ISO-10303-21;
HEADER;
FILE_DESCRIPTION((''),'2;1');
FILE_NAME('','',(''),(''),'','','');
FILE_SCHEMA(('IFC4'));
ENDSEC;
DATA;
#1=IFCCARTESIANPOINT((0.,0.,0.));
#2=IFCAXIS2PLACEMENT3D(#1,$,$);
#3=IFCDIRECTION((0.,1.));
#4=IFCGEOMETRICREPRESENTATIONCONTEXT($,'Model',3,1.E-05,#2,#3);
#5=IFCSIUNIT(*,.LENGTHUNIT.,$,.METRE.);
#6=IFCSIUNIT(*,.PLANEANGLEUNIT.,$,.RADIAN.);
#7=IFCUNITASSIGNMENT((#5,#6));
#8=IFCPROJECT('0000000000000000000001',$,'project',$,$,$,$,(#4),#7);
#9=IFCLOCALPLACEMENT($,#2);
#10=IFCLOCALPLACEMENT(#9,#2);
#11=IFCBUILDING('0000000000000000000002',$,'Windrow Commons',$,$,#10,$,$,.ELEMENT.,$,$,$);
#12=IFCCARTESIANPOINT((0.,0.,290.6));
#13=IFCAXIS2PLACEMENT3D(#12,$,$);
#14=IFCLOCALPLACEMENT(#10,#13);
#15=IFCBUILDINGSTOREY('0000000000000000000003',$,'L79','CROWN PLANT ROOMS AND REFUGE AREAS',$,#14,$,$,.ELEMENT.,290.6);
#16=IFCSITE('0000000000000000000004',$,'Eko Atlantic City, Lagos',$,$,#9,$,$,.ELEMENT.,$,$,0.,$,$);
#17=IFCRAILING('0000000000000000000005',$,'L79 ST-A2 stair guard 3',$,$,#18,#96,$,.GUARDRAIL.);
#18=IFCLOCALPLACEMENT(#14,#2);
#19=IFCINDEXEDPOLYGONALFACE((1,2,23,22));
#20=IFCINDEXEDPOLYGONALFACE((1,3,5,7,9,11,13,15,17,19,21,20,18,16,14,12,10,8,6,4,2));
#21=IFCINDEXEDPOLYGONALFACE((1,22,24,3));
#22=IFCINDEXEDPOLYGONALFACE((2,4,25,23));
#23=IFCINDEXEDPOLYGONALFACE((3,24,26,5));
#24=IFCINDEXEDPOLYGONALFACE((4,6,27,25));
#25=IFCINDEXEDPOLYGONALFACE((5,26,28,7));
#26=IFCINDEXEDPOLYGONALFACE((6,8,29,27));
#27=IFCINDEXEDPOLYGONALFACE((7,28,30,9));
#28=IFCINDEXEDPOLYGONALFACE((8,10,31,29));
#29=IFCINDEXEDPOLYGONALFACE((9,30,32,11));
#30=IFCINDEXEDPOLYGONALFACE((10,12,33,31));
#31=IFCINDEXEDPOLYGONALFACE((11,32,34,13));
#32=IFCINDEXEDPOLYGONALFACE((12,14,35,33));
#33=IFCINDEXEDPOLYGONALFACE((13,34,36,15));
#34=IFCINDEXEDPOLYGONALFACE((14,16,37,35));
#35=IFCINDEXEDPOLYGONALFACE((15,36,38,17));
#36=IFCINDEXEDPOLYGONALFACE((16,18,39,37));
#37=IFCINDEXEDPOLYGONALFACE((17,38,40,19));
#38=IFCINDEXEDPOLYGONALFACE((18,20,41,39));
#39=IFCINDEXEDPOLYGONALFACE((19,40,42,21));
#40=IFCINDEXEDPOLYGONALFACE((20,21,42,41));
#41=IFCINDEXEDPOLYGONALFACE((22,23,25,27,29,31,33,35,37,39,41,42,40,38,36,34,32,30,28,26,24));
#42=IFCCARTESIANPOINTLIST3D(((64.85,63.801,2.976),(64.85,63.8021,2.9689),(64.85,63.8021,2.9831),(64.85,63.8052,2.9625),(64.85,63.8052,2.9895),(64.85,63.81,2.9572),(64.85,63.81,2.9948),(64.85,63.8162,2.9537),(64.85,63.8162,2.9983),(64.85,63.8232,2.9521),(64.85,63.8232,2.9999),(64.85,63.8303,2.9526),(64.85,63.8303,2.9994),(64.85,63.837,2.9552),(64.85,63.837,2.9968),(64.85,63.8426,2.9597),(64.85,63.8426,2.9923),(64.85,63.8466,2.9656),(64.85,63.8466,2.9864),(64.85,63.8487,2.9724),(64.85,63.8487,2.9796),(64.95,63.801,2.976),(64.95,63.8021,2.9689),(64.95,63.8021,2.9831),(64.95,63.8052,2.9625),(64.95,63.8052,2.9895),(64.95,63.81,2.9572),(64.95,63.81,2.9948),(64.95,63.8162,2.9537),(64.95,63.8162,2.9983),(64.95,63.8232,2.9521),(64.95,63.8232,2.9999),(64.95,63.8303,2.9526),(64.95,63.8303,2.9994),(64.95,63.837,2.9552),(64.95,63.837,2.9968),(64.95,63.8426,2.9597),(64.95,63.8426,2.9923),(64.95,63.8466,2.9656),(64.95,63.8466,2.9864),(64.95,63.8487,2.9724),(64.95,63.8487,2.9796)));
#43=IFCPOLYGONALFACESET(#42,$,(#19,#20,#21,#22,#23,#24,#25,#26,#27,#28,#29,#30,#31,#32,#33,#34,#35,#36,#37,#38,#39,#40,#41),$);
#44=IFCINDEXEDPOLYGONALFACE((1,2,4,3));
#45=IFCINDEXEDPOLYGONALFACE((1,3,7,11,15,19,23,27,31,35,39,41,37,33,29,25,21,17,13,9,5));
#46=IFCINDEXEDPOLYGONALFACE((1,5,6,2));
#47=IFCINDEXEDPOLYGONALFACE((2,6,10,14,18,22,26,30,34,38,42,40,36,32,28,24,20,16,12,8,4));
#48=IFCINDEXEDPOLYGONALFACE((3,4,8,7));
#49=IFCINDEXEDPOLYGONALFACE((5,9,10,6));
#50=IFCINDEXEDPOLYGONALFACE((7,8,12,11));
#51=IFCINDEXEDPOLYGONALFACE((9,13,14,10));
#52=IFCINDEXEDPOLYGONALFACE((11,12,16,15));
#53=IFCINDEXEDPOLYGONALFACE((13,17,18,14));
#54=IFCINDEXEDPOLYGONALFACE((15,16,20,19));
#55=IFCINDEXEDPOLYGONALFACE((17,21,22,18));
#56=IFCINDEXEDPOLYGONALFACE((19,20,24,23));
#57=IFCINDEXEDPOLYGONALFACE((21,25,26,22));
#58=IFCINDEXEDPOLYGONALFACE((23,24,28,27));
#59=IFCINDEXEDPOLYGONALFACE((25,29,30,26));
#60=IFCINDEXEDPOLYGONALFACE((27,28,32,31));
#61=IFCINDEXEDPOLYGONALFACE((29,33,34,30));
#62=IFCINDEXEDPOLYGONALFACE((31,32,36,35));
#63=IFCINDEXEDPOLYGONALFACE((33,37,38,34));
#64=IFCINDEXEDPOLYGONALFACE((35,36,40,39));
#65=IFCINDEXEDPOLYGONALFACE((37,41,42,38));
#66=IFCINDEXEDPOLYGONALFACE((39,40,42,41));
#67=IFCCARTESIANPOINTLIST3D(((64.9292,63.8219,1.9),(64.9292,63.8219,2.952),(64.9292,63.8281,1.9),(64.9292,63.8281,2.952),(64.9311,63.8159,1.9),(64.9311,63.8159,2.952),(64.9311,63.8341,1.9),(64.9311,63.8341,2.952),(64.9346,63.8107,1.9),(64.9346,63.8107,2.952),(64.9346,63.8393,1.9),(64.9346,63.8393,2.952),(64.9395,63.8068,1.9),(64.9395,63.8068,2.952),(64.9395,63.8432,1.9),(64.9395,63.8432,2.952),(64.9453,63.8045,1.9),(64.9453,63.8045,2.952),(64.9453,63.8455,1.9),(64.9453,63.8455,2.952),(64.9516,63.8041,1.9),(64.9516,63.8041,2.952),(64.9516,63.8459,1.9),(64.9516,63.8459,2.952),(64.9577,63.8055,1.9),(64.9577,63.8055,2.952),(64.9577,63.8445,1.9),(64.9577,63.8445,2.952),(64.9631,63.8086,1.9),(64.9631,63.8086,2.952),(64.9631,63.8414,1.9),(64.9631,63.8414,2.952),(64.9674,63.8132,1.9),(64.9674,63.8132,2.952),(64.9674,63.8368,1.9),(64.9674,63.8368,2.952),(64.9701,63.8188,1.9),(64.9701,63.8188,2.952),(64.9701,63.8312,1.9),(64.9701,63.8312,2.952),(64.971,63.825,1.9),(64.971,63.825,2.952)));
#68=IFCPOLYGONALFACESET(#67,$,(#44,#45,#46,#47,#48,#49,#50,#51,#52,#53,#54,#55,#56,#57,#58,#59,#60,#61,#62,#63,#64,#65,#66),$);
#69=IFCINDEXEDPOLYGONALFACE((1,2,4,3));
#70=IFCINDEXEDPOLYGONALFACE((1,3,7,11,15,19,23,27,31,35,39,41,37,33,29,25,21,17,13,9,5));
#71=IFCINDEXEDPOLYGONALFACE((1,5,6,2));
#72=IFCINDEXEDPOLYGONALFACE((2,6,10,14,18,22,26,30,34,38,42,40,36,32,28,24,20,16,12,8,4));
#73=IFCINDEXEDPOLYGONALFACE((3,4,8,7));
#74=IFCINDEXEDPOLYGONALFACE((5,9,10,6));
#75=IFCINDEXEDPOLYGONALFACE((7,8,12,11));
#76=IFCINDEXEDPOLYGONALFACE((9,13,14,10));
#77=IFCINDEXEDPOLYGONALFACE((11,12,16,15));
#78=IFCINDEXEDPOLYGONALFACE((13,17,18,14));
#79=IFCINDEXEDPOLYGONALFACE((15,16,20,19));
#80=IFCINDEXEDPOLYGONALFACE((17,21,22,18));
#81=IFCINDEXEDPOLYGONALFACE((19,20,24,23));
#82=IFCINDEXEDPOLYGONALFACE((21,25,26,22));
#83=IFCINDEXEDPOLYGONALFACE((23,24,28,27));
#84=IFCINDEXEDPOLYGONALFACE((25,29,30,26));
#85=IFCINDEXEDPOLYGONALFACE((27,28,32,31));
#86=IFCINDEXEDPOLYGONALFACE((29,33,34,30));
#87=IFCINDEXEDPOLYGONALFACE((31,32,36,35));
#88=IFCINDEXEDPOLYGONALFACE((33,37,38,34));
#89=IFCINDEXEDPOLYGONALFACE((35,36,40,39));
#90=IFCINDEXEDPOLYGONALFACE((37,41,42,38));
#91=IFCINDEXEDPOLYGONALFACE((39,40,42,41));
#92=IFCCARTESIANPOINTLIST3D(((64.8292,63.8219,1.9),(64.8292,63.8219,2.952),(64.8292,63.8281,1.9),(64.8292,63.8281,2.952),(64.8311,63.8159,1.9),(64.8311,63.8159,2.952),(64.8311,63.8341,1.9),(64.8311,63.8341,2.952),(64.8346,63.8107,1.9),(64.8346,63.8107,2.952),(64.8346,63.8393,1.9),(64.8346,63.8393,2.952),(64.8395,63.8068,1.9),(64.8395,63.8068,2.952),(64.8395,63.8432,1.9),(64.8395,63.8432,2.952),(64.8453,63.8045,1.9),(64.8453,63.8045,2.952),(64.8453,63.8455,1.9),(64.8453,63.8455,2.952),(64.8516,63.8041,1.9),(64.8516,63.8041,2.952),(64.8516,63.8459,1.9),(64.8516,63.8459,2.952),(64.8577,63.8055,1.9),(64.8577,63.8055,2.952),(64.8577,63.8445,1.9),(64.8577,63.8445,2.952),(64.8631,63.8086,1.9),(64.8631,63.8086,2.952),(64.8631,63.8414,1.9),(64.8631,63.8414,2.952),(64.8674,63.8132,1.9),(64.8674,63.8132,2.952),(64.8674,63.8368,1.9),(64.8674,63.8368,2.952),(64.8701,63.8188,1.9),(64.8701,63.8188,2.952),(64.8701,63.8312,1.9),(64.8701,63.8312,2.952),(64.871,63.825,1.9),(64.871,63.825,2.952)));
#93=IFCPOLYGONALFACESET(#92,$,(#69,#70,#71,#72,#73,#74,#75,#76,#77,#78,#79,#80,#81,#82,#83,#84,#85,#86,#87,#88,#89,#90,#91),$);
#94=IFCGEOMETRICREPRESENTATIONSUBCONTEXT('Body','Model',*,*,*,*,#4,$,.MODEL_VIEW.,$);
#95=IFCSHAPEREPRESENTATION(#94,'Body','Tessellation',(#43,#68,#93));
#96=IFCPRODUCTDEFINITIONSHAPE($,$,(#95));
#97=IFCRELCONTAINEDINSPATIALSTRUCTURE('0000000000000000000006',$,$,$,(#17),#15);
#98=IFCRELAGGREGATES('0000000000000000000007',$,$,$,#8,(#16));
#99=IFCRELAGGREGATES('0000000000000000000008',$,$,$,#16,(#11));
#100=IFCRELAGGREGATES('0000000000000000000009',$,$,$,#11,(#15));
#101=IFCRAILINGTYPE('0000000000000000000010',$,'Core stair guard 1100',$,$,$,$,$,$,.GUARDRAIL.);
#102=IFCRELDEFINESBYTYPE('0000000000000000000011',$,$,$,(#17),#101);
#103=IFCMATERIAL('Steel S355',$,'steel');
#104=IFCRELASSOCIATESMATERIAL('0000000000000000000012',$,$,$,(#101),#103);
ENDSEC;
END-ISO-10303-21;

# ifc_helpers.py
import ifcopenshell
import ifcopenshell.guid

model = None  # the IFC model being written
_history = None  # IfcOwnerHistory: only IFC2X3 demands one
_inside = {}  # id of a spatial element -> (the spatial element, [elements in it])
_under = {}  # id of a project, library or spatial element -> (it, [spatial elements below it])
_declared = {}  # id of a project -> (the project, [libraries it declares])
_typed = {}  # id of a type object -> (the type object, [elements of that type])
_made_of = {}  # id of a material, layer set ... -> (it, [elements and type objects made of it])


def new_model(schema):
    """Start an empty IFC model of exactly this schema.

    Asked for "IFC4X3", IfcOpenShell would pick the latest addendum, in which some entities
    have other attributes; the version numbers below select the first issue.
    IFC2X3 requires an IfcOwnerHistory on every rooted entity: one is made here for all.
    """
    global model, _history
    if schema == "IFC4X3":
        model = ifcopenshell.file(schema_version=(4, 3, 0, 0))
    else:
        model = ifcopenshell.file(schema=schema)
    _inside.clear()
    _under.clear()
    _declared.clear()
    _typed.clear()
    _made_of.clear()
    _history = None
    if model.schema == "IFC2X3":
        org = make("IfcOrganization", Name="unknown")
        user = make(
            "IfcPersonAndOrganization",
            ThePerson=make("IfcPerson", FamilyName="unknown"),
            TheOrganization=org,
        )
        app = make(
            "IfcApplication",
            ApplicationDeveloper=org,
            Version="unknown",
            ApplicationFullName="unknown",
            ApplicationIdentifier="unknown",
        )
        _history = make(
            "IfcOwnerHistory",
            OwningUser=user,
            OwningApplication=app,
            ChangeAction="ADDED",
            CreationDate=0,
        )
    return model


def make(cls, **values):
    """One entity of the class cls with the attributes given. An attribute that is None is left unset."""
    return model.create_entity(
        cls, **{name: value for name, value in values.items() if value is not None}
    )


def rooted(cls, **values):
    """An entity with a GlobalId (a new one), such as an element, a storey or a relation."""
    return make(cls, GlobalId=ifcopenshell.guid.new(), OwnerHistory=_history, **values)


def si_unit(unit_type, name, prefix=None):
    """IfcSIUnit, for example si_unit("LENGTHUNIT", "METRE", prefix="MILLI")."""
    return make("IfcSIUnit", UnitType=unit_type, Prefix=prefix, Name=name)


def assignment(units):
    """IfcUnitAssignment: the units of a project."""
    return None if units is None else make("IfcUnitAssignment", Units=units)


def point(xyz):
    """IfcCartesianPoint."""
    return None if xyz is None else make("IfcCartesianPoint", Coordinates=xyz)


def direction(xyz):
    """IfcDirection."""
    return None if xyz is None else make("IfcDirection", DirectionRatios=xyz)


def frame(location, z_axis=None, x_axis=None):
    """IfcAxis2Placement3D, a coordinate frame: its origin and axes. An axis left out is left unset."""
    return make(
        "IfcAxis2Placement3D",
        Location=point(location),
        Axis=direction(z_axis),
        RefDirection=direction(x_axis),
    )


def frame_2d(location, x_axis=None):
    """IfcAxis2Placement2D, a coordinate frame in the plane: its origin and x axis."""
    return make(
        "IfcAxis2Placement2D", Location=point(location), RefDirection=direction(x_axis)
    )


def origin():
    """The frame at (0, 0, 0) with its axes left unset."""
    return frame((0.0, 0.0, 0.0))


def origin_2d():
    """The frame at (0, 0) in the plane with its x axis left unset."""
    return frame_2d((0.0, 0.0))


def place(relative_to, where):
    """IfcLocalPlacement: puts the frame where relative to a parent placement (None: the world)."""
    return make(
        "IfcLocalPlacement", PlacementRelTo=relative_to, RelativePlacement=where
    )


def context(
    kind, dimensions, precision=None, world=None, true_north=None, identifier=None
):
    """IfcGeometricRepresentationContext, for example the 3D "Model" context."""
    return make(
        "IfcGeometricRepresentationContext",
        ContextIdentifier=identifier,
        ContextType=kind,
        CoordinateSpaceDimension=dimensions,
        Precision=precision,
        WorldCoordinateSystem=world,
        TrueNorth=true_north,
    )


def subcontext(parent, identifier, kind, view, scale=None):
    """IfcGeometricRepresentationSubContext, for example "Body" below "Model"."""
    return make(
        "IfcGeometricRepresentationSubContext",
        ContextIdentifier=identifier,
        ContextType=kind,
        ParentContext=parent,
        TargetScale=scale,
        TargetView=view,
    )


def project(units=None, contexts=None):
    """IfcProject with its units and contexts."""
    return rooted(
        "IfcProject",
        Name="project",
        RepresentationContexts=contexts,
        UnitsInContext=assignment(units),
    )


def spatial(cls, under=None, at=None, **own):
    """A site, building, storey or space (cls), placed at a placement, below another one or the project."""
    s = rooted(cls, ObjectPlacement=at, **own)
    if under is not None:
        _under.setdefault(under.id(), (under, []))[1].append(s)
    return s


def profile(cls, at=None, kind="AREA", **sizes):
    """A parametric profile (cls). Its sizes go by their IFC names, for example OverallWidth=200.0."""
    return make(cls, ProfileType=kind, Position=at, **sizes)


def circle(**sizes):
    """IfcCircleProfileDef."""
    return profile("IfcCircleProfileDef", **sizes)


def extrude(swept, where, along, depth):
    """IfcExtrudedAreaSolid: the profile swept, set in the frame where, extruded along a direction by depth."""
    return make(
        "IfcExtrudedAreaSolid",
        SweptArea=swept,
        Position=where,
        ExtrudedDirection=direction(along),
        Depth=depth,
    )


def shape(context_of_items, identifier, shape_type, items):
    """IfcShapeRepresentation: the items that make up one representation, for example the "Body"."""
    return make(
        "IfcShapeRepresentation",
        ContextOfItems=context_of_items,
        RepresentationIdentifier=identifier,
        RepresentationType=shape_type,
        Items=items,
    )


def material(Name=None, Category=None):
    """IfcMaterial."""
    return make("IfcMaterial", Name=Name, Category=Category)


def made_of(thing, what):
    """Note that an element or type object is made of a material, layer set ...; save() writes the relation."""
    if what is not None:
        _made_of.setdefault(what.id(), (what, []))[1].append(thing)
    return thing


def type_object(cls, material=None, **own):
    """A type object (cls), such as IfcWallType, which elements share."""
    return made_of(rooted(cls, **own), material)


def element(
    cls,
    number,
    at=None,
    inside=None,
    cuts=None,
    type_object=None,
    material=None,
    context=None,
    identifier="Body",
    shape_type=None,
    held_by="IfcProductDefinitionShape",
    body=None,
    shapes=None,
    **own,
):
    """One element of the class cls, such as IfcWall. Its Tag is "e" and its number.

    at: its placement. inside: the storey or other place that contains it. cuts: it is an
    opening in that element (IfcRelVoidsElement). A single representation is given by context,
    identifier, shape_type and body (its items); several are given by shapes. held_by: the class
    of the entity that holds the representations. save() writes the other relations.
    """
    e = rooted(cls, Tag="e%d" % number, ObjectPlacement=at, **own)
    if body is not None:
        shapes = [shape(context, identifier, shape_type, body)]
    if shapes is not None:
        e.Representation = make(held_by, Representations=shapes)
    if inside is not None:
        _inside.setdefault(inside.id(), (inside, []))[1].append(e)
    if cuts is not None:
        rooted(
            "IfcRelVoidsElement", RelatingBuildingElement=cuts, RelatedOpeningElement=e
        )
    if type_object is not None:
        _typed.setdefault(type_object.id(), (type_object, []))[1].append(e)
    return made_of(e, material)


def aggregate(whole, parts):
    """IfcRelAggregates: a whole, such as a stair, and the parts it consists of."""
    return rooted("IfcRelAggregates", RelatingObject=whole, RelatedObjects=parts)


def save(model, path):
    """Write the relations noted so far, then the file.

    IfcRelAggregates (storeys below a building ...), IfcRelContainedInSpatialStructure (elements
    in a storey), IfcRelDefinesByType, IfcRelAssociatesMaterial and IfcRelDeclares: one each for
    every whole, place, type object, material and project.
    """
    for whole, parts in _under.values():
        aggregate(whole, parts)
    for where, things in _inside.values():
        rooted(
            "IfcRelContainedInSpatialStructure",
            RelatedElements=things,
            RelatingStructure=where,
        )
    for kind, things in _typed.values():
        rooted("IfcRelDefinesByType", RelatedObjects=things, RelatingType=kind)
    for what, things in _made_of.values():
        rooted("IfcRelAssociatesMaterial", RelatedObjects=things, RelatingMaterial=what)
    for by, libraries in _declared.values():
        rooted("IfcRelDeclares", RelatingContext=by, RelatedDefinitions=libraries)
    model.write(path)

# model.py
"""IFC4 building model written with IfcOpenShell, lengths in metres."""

from ifc_helpers import new_model, si_unit, direction, frame, origin, origin_2d, place, context, subcontext, project, spatial, circle, extrude, material, type_object, element, save


model = new_model("IFC4")

# Units and contexts
model_context = context("Model", 3, precision=1e-05, world=origin(), true_north=direction((0.0, 1.0)))
body_context = subcontext(model_context, "Body", "Model", "MODEL_VIEW")
ifc_project = project(units=[si_unit("LENGTHUNIT", "METRE"), si_unit("PLANEANGLEUNIT", "RADIAN")], contexts=[model_context])

# Site, building, storey
site_placement = place(None, origin())
site = spatial("IfcSite", under=ifc_project, at=site_placement, Name="Eko Atlantic City, Lagos", CompositionType="ELEMENT", RefElevation=0.0)
building_placement = place(site_placement, origin())
building = spatial("IfcBuilding", under=site, at=building_placement, Name="Windrow Commons", CompositionType="ELEMENT")
storey_placement = place(building_placement, frame((0.0, 0.0, 290.6)))
storey = spatial("IfcBuildingStorey", under=building, at=storey_placement, Name="L79", Description="CROWN PLANT ROOMS AND REFUGE AREAS", CompositionType="ELEMENT", Elevation=290.6)

# Railing
ifc_material_1 = material(Name="Steel S355", Category="steel")
railing_type_1 = type_object("IfcRailingType", Name="Core stair guard 1100", PredefinedType="GUARDRAIL", material=ifc_material_1)
railing_1_placement = place(storey_placement, frame((64.95, 63.825, 1.9)))
element("IfcRailing", 1, at=railing_1_placement, inside=storey, type_object=railing_type_1, Name="L79 ST-A2 stair guard 3", PredefinedType="GUARDRAIL", context=body_context, shape_type="SweptSolid", body=[
    extrude(circle(Radius=0.024, at=origin_2d()), frame((0.0, 0.0, 1.076), z_axis=(-1.0, 0.0, 0.0), x_axis=(0.0, -1.0, 0.0)), (0.0, 0.0, 1.0), 0.1),
    extrude(circle(Radius=0.021, at=origin_2d()), origin(), (0.0, 0.0, 1.0), 1.052),
    extrude(circle(Radius=0.021, at=origin_2d()), frame((-0.1, 0.0, 0.0)), (0.0, 0.0, 1.0), 1.052),
])

save(model, "model.ifc")
